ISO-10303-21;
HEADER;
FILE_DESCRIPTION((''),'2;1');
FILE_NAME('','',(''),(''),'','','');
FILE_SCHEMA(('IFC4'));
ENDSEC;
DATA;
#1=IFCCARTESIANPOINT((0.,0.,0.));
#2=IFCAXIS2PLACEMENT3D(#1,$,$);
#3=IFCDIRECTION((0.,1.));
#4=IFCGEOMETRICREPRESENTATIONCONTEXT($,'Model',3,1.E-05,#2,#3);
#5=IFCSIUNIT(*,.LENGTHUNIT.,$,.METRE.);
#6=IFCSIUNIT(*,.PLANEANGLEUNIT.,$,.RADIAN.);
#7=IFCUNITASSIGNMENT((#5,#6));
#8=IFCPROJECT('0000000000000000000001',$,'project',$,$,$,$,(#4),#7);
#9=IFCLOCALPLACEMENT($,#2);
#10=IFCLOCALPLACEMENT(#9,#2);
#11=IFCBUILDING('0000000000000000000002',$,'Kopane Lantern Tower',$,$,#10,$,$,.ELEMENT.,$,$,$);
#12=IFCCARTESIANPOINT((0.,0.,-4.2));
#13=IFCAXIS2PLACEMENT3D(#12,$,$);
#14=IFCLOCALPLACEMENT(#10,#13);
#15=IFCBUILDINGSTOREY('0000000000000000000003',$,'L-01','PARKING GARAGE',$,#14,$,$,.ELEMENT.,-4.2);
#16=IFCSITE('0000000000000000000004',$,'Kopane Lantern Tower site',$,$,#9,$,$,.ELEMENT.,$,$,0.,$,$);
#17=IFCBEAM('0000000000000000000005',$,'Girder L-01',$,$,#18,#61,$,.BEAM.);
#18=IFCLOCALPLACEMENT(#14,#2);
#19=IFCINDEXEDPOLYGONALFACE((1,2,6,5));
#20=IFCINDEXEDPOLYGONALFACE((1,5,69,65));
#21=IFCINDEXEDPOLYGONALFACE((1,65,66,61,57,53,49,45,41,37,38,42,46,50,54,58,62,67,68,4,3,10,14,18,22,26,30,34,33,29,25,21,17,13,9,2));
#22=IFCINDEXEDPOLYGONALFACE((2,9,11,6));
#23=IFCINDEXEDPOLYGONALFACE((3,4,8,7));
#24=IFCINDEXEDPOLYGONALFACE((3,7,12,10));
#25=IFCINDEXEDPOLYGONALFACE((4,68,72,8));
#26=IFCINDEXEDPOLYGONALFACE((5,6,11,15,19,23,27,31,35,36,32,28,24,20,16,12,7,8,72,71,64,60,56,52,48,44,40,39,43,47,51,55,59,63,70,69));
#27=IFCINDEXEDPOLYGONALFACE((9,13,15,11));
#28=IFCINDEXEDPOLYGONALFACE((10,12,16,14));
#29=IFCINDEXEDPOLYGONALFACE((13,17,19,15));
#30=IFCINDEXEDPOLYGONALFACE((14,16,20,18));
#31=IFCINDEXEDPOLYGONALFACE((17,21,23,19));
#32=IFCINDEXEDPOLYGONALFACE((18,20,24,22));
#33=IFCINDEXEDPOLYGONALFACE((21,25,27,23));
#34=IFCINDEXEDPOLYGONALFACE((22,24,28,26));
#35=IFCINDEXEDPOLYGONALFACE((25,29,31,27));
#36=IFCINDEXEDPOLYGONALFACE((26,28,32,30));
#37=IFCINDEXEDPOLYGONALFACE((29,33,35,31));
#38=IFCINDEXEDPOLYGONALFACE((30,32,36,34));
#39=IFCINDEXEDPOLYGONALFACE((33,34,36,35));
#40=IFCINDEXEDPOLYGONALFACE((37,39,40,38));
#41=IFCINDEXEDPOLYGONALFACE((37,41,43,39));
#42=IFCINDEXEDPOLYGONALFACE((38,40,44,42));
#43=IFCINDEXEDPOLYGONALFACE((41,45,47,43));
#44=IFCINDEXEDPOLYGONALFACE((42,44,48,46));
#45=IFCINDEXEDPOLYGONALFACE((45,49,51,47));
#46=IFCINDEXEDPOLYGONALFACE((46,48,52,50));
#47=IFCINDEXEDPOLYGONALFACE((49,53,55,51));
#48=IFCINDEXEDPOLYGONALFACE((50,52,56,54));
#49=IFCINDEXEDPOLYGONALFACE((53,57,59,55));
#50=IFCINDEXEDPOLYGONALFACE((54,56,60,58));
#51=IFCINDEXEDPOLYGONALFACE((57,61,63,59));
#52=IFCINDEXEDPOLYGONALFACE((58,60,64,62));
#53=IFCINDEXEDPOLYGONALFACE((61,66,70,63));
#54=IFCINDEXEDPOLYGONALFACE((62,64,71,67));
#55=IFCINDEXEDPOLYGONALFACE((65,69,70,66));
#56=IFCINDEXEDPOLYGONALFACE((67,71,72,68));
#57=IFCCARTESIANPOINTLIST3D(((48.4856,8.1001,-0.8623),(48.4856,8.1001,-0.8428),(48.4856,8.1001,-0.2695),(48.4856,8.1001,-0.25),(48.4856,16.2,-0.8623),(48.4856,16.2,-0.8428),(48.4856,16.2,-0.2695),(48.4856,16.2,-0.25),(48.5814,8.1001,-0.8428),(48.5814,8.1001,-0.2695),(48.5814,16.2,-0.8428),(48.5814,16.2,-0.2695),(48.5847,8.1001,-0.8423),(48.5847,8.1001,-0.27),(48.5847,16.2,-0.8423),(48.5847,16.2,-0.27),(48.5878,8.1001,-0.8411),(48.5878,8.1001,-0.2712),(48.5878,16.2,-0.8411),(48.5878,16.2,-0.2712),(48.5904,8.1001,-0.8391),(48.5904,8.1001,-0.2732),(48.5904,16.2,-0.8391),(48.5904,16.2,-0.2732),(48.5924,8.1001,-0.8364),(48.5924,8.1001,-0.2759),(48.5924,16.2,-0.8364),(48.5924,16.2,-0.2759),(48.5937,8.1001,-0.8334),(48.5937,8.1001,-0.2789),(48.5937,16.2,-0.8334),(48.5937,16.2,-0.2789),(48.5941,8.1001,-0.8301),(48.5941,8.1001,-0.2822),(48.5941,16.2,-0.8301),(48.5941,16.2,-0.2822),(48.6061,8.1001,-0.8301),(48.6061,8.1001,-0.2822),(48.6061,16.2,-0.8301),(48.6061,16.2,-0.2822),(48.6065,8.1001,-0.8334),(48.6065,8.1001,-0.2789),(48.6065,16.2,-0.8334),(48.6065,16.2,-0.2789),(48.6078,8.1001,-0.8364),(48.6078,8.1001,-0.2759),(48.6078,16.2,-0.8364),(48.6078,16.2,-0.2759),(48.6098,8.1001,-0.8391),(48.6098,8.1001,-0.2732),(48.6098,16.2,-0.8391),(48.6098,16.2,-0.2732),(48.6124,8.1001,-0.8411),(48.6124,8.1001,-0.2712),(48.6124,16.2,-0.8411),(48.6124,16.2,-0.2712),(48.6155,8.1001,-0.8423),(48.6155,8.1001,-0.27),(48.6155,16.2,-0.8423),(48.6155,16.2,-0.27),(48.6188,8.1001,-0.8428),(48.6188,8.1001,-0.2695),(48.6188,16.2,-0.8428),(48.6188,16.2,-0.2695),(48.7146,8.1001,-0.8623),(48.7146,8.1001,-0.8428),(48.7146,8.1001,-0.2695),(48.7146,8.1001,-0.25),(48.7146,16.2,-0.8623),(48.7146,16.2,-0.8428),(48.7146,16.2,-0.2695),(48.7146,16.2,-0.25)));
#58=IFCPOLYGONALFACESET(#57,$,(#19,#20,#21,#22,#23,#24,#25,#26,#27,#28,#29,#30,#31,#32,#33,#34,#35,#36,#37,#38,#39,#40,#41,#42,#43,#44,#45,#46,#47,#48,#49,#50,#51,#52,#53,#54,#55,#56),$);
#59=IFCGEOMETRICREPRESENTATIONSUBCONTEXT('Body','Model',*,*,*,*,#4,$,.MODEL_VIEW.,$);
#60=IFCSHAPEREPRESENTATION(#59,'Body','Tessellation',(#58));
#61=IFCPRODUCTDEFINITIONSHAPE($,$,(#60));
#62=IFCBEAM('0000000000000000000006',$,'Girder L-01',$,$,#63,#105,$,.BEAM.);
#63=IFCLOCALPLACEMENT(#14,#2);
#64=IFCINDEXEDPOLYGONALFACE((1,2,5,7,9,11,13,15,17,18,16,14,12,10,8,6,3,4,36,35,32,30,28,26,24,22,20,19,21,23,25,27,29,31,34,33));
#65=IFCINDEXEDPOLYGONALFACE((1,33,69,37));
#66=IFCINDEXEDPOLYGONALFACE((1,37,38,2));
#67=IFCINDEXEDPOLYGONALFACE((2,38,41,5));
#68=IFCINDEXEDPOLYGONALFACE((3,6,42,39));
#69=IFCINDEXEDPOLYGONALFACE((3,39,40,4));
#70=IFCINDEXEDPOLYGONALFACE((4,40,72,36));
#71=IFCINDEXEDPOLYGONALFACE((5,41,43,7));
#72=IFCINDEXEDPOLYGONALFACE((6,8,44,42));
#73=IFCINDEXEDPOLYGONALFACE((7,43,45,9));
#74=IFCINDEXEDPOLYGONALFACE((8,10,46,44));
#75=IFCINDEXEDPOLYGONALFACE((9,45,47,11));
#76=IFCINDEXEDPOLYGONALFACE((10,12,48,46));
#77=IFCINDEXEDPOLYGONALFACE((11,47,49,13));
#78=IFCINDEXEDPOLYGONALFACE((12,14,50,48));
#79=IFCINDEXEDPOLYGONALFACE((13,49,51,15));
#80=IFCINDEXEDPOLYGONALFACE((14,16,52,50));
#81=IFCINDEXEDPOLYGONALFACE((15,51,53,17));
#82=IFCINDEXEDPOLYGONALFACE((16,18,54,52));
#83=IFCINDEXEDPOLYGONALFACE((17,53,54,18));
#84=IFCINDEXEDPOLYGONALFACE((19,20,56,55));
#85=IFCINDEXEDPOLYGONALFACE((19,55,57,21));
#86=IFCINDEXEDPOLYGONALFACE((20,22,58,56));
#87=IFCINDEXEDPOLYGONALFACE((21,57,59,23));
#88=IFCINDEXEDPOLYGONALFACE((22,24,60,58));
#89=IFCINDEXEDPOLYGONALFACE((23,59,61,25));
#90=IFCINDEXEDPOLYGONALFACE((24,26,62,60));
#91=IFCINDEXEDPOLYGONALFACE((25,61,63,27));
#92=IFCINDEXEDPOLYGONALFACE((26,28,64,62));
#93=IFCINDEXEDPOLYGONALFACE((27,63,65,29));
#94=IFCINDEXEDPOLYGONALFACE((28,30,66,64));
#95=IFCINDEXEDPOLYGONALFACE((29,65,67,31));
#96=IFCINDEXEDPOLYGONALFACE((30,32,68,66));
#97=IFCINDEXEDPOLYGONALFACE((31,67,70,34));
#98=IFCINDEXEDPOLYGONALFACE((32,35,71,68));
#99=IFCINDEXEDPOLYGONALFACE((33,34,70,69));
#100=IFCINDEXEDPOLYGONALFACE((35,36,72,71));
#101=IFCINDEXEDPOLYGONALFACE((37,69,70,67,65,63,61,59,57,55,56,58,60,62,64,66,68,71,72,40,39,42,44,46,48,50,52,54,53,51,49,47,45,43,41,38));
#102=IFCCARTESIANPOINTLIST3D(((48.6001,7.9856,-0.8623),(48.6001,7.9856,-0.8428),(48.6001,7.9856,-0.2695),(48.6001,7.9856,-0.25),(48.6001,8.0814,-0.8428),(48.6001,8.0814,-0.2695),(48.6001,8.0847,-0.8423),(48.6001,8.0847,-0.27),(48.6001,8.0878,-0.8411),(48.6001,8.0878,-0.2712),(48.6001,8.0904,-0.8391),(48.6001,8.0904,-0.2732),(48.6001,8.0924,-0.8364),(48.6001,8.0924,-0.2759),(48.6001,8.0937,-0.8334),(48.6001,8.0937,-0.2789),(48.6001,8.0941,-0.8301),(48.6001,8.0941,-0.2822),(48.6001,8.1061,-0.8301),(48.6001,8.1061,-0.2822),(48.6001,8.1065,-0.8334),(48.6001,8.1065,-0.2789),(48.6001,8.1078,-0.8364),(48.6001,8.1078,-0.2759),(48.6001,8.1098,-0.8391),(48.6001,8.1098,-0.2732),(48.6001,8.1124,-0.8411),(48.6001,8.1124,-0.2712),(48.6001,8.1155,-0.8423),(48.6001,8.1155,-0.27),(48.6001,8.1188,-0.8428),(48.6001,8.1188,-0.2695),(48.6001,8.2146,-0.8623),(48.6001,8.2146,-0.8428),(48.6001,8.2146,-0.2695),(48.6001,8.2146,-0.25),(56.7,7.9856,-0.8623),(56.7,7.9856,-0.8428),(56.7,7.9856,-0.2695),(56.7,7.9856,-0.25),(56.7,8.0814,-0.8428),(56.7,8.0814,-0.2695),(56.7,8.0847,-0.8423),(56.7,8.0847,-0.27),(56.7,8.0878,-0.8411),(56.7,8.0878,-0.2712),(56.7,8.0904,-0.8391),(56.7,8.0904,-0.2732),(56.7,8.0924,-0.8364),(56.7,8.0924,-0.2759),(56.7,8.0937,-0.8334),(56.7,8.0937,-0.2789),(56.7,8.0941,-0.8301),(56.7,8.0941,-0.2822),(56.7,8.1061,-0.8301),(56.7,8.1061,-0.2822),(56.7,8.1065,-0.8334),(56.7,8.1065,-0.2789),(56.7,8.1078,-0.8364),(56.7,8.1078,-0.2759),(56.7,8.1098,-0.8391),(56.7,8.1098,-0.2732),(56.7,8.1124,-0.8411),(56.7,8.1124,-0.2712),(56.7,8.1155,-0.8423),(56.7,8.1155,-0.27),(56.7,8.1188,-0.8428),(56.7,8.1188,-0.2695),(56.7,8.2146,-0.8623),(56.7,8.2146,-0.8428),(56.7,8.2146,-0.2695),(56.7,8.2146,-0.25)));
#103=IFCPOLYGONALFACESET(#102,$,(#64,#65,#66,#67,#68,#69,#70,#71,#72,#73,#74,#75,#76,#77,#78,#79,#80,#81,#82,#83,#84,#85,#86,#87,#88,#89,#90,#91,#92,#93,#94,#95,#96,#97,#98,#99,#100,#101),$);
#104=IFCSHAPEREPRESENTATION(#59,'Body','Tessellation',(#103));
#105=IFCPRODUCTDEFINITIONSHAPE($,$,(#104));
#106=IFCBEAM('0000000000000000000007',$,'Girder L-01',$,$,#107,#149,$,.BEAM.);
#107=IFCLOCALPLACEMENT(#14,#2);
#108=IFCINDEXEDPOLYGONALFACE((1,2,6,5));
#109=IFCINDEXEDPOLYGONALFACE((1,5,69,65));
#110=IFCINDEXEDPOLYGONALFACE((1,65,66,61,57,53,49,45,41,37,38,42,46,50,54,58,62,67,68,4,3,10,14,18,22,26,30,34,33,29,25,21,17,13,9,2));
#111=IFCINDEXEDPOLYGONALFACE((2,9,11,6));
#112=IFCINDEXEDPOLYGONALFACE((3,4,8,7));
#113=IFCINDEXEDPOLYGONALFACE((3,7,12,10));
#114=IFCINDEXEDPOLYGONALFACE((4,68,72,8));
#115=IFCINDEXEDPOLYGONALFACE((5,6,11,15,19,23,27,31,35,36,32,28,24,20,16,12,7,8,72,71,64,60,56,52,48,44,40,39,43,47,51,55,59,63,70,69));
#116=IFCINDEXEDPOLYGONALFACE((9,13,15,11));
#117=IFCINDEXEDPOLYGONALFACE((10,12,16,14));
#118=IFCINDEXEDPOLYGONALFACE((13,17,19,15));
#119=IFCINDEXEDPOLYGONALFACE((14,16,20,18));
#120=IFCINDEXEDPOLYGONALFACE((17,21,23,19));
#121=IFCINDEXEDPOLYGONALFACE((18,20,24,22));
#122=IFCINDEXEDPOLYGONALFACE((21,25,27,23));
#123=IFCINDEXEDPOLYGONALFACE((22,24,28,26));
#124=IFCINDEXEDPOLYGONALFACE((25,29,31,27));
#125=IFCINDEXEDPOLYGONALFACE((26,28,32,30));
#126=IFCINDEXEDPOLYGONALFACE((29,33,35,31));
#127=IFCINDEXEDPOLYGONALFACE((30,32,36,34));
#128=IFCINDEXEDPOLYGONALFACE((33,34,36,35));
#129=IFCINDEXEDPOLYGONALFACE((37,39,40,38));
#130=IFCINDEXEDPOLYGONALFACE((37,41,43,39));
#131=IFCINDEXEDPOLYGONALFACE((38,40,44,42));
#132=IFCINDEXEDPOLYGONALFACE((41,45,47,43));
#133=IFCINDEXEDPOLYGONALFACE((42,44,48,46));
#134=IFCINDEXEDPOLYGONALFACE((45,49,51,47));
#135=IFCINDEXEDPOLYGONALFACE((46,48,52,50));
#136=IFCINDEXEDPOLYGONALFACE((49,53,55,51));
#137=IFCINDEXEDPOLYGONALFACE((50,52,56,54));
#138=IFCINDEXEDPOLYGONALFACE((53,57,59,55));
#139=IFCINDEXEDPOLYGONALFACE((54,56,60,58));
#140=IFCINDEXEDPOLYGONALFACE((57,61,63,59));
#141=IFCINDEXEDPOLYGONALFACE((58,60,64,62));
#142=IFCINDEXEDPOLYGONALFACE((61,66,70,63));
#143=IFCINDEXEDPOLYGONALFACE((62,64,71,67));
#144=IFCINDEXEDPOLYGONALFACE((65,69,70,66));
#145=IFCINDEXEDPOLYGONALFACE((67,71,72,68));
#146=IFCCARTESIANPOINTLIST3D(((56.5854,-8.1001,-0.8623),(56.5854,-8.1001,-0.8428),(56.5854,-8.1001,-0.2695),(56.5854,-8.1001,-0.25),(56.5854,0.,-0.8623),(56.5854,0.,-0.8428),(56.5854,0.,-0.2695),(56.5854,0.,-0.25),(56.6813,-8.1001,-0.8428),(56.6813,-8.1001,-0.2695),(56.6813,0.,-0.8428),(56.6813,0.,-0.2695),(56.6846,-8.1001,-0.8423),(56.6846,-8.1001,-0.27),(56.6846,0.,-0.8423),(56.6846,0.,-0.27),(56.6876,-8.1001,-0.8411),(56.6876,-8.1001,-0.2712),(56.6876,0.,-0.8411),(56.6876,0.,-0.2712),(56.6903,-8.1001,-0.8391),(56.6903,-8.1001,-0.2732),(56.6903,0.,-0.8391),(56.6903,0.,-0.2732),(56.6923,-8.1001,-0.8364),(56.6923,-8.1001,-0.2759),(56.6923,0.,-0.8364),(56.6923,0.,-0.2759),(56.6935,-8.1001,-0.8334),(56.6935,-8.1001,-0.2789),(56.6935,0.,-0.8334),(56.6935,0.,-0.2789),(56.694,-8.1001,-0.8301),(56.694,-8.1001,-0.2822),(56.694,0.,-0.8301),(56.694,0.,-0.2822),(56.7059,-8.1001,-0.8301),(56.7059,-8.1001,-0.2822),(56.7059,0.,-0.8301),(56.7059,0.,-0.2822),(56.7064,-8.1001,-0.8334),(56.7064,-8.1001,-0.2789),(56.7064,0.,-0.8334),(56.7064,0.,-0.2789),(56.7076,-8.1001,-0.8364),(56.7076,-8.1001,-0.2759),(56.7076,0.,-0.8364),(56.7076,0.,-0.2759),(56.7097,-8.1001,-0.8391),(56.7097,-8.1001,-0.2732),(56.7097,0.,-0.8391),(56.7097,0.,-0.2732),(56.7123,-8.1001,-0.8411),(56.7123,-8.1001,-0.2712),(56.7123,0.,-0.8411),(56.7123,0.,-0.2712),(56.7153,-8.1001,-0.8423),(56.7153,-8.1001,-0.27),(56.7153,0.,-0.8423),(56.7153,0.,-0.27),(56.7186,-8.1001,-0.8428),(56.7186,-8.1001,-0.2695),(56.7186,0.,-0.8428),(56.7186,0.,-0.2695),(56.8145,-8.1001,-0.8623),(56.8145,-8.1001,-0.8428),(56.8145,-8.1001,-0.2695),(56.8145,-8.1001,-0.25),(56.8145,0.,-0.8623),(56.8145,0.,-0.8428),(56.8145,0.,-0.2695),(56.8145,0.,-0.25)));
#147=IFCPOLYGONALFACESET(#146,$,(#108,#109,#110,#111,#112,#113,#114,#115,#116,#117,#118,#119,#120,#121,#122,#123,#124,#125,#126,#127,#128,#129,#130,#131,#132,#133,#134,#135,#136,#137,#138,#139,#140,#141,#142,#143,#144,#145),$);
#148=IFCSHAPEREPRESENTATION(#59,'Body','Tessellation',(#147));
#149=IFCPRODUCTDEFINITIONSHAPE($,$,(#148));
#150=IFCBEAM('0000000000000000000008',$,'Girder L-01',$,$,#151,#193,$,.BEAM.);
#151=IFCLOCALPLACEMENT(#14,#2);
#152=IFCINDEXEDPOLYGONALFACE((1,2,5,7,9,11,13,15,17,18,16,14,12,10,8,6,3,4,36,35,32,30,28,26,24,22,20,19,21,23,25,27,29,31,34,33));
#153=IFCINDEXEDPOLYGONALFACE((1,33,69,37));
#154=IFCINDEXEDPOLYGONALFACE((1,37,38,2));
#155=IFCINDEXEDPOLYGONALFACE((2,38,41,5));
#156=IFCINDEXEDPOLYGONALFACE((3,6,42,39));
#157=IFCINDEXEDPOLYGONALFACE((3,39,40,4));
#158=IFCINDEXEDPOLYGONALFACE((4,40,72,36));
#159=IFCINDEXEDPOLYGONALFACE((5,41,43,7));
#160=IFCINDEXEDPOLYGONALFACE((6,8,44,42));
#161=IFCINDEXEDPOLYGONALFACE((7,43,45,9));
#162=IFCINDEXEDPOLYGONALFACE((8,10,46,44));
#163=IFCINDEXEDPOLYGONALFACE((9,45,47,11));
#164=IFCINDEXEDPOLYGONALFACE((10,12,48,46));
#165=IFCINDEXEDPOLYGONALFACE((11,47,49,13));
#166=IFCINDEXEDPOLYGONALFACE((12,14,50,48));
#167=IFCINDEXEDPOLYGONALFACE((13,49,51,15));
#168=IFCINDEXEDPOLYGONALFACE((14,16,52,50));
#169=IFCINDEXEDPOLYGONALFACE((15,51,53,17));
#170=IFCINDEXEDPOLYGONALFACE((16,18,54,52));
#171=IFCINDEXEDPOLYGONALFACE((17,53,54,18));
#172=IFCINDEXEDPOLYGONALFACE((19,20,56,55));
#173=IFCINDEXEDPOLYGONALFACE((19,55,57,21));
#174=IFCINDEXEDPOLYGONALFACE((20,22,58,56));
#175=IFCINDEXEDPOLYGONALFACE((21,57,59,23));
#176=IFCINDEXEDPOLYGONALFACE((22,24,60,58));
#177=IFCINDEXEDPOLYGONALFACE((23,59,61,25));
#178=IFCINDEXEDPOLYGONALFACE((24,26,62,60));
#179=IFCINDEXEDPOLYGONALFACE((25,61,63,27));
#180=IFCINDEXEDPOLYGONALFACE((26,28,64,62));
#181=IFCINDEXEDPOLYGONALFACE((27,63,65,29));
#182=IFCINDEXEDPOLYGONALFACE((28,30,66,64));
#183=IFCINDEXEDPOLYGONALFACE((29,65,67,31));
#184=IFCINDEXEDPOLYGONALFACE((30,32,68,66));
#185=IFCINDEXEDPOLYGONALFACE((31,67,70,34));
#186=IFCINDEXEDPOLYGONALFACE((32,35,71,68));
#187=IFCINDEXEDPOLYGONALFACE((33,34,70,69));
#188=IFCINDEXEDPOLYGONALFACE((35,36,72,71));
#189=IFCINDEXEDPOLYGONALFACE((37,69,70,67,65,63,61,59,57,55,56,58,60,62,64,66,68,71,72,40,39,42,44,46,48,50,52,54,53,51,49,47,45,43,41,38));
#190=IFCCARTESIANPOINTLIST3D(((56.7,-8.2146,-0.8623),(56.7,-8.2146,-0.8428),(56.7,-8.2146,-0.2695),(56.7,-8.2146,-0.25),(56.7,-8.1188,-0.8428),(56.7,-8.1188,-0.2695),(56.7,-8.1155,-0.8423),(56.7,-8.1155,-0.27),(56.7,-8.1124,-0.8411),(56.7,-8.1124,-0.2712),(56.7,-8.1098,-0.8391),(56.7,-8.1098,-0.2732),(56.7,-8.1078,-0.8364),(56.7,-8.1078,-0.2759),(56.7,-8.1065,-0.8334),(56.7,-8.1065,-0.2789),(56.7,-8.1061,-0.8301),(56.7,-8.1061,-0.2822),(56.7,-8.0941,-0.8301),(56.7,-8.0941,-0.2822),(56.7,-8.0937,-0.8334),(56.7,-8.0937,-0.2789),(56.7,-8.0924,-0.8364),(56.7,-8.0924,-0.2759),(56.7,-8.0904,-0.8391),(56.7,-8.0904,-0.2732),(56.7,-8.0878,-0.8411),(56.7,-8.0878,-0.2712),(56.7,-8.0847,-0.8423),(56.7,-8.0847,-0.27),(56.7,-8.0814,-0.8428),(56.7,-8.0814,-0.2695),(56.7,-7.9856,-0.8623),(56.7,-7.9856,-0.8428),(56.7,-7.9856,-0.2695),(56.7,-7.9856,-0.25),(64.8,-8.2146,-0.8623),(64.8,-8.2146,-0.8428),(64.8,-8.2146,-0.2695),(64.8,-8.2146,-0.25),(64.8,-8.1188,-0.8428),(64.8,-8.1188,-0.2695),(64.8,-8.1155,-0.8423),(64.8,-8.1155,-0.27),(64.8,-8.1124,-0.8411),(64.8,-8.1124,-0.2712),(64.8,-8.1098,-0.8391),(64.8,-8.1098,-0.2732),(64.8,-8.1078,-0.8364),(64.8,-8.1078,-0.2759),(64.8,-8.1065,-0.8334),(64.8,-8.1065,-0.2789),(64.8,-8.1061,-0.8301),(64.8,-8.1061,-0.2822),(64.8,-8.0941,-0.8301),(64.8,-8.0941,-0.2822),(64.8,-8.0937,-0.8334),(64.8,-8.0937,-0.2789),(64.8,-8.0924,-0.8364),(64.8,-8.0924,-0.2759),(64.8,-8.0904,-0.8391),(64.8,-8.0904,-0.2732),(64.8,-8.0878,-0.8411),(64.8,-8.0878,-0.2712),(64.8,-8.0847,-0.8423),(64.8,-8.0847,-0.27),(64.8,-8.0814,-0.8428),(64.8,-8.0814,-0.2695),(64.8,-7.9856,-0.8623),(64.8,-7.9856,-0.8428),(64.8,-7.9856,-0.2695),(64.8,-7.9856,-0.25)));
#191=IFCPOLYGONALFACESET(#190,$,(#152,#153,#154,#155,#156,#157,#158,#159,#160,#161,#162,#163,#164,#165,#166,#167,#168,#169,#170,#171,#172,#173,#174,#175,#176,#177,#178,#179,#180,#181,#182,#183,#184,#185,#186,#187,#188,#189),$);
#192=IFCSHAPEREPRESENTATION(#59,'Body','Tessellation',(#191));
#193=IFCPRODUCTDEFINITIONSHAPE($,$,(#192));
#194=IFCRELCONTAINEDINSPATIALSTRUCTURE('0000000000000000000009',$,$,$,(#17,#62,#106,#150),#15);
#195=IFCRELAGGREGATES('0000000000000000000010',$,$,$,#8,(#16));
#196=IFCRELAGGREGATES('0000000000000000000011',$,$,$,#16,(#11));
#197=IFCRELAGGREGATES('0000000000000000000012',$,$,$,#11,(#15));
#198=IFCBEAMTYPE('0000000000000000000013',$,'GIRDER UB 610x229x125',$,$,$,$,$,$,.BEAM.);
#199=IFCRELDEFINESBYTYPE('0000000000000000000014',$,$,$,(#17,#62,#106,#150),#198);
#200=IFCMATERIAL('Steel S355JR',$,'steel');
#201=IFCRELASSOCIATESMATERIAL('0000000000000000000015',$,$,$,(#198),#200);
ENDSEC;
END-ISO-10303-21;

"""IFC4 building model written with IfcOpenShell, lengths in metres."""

from ifc_helpers import new_model, si_unit, direction, frame, origin, origin_2d, place, context, subcontext, project, spatial, i_section, extrude, material, material_profile, profile_set, type_object, element, save


model = new_model("IFC4")

# Units and contexts
model_context = context("Model", 3, precision=1e-05, world=origin(), true_north=direction((0.0, 1.0)))
body_context = subcontext(model_context, "Body", "Model", "MODEL_VIEW")
ifc_project = project(units=[si_unit("LENGTHUNIT", "METRE"), si_unit("PLANEANGLEUNIT", "RADIAN")], contexts=[model_context])

# Site, building, storey
site_placement = place(None, origin())
site = spatial("IfcSite", under=ifc_project, at=site_placement, Name="Kopane Lantern Tower site", CompositionType="ELEMENT", RefElevation=0.0)
building_placement = place(site_placement, origin())
building = spatial("IfcBuilding", under=site, at=building_placement, Name="Kopane Lantern Tower", CompositionType="ELEMENT")
storey_placement = place(building_placement, frame((0.0, 0.0, -4.2)))
storey = spatial("IfcBuildingStorey", under=building, at=storey_placement, Name="L-01", Description="PARKING GARAGE", CompositionType="ELEMENT", Elevation=-4.2)

# Beams
ifc_material_1 = material(Name="Steel S355JR", Category="steel")
ifc_material_profile_1 = material_profile(ifc_material_1, i_section(OverallWidth=0.229, OverallDepth=0.6123, WebThickness=0.012, FlangeThickness=0.0195, FilletRadius=0.0127, at=origin_2d()), Name="UB 610x229x125")
ifc_profile_set_1 = profile_set([ifc_material_profile_1], Name="Steel S355JR")
beam_type = type_object("IfcBeamType", Name="GIRDER UB 610x229x125", PredefinedType="BEAM", material=ifc_profile_set_1)
for number, where, z_axis, x_axis, name in (
    (1, (48.6001, 8.1001, -0.5562), (0.0, 1.0, 0.0), (-1.0, 0.0, 0.0), "Girder L-01"),
    (2, (48.6001, 8.1001, -0.5562), (1.0, 0.0, 0.0), (0.0, 1.0, 0.0), "Girder L-01"),
):
    element("IfcBeam", number, at=place(storey_placement, frame(where, z_axis=z_axis, x_axis=x_axis)), inside=storey, type_object=beam_type, Name=name, PredefinedType="BEAM", context=body_context, shape_type="SweptSolid", body=[
        extrude(i_section(OverallWidth=0.229, OverallDepth=0.6123, WebThickness=0.012, FlangeThickness=0.0195, FilletRadius=0.0127, at=origin_2d()), origin(), (0.0, 0.0, 1.0), 8.0999),
    ])
for number, where, z_axis, x_axis, name in (
    (3, (56.7, -8.1001, -0.5562), (0.0, 1.0, 0.0), (-1.0, 0.0, 0.0), "Girder L-01"),
    (4, (56.7, -8.1001, -0.5562), (1.0, 0.0, 0.0), (0.0, 1.0, 0.0), "Girder L-01"),
):
    element("IfcBeam", number, at=place(storey_placement, frame(where, z_axis=z_axis, x_axis=x_axis)), inside=storey, type_object=beam_type, Name=name, PredefinedType="BEAM", context=body_context, shape_type="SweptSolid", body=[
        extrude(i_section(OverallWidth=0.229, OverallDepth=0.6123, WebThickness=0.012, FlangeThickness=0.0195, FilletRadius=0.0127, at=origin_2d()), origin(), (0.0, 0.0, 1.0), 8.1001),
    ])

save(model, "model.ifc")
